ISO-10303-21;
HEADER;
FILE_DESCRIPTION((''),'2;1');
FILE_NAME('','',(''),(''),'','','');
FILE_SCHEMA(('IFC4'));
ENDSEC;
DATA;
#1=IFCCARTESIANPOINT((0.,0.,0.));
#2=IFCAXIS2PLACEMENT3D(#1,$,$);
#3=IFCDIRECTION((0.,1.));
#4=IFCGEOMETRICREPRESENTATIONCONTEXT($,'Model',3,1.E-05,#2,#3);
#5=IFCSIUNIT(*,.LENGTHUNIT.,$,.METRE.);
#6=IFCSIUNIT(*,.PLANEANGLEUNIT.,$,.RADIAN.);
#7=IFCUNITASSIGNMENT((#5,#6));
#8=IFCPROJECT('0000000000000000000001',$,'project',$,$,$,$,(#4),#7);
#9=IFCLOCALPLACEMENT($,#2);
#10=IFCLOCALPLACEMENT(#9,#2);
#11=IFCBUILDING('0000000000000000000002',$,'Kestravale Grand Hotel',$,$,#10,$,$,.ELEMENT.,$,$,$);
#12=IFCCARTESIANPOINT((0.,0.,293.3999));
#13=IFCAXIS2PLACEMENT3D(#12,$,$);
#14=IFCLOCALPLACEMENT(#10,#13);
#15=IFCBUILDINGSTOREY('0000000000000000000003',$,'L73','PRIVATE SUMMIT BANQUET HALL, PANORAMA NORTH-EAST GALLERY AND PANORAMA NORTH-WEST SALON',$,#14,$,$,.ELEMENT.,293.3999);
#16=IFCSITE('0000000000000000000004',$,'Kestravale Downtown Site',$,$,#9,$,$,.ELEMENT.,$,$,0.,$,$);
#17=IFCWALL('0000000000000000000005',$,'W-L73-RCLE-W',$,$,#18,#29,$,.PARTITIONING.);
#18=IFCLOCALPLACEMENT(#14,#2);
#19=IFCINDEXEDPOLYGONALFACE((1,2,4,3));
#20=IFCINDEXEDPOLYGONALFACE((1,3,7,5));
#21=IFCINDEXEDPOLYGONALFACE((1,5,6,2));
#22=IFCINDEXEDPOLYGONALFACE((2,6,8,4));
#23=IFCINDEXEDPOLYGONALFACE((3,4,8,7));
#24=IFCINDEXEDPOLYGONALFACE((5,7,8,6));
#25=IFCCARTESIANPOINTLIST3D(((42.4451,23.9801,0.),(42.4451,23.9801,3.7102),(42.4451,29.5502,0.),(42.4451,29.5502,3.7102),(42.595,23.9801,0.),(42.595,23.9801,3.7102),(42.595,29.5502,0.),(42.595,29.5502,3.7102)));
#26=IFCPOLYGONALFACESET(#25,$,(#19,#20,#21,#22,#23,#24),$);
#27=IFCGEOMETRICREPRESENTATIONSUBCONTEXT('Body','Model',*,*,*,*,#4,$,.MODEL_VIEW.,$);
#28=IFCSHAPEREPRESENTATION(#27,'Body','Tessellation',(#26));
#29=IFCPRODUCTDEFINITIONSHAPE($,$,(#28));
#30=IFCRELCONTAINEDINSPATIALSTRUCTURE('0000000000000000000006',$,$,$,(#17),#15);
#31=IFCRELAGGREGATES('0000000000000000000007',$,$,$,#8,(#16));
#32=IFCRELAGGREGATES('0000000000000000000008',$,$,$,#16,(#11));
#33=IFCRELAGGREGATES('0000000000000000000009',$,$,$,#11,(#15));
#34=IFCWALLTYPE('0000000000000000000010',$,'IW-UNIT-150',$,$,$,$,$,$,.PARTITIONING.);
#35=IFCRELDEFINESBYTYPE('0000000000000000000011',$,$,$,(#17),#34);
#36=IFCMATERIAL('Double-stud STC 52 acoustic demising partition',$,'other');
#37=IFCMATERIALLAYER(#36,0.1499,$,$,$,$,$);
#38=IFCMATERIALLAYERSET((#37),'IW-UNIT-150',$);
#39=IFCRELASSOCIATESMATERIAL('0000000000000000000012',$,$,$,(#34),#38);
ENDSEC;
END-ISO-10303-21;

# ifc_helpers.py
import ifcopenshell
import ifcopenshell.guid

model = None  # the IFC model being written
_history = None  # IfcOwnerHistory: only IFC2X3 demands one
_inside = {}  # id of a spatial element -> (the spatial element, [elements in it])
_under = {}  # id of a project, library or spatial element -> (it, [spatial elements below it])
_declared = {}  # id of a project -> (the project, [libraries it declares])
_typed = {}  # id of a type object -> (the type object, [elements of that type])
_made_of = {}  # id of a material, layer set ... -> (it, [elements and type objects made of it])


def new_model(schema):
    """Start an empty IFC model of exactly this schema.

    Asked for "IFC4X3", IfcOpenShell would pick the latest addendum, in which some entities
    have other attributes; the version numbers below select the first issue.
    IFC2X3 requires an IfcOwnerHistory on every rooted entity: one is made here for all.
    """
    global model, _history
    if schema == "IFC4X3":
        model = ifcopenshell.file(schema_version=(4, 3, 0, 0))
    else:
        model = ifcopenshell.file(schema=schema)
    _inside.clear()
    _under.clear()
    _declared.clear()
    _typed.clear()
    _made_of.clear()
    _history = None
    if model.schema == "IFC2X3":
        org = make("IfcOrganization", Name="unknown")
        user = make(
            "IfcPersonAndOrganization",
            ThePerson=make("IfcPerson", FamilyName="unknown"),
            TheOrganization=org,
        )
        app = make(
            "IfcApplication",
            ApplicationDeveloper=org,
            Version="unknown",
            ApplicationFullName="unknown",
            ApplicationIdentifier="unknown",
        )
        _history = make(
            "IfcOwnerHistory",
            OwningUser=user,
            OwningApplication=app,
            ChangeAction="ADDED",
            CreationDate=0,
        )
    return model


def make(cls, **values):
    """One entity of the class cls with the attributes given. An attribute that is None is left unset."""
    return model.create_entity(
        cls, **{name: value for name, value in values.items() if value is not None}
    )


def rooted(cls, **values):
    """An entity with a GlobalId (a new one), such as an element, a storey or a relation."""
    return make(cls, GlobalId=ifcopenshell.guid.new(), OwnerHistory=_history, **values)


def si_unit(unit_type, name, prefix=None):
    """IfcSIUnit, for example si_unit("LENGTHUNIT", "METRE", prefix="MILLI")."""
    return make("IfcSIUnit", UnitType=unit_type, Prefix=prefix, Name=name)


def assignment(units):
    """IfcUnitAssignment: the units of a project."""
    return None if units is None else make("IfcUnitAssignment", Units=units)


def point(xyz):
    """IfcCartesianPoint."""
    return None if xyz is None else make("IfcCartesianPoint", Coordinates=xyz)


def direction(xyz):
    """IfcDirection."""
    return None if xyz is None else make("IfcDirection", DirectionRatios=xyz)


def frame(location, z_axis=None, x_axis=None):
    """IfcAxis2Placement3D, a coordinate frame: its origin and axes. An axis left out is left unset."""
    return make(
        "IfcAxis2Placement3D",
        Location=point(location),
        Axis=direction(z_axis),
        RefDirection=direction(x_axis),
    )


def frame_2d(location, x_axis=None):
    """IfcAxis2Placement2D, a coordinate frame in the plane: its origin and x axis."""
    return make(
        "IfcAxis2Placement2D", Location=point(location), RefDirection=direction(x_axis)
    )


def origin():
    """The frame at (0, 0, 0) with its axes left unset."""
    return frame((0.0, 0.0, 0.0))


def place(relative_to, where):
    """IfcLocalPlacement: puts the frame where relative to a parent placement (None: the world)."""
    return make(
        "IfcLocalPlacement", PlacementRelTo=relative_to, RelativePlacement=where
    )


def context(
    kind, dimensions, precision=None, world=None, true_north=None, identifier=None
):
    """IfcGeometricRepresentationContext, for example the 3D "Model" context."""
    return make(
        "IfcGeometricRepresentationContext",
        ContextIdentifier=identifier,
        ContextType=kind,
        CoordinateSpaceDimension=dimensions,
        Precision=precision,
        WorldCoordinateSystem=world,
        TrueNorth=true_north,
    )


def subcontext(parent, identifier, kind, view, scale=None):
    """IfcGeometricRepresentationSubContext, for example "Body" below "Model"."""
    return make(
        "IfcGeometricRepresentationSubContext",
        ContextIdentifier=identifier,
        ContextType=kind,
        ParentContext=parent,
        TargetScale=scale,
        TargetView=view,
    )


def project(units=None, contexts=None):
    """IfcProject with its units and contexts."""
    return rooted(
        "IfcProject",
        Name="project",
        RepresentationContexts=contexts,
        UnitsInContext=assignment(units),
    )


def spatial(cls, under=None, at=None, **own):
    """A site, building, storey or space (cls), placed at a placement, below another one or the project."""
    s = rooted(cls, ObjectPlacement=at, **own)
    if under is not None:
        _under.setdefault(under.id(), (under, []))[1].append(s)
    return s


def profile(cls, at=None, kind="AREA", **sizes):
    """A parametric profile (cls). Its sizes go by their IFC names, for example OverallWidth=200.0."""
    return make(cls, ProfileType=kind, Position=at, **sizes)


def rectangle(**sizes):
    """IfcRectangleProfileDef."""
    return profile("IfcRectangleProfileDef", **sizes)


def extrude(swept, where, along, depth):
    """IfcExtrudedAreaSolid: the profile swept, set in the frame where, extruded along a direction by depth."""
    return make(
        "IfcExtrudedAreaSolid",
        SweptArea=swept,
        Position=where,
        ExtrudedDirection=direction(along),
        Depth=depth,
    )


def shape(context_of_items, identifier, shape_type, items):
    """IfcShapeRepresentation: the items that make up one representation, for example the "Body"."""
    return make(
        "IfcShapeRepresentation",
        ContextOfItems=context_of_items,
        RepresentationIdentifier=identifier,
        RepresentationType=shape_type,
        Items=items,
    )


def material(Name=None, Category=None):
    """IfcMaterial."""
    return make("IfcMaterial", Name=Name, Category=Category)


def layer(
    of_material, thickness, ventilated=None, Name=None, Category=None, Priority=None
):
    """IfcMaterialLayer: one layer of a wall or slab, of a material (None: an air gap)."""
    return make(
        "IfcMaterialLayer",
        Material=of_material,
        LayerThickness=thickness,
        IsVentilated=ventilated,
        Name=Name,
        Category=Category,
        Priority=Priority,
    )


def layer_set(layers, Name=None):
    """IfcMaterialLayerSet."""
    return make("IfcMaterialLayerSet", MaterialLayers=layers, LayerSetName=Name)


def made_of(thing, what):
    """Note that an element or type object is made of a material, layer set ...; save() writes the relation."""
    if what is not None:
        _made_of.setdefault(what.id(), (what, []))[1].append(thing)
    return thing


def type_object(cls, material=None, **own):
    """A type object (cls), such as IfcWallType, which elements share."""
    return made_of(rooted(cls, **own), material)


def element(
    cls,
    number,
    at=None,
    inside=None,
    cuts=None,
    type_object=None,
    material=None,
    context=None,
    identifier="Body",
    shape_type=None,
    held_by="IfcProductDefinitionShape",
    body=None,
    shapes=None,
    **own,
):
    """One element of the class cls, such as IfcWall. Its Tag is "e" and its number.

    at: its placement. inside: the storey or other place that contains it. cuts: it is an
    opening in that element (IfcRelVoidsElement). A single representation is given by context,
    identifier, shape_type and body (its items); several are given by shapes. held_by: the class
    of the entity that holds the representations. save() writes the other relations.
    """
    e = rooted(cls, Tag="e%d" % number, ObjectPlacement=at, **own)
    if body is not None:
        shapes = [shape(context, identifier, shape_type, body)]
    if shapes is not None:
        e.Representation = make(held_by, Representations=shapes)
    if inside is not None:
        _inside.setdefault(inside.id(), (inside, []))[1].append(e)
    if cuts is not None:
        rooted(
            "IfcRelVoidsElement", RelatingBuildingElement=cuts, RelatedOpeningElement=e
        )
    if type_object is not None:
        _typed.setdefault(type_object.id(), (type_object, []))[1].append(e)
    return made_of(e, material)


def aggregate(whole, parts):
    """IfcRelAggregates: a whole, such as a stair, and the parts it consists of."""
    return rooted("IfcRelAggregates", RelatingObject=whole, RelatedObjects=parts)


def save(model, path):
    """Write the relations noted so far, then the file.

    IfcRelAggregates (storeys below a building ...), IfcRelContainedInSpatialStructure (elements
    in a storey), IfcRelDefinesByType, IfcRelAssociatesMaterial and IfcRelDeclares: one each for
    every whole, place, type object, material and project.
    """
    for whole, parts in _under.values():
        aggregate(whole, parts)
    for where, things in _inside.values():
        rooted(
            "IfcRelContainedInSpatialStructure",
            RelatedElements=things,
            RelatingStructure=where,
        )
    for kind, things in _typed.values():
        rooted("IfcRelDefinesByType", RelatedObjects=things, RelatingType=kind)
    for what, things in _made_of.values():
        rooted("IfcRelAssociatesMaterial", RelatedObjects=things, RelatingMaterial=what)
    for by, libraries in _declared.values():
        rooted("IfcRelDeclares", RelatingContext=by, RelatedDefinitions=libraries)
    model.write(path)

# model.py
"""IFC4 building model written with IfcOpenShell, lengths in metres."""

from ifc_helpers import new_model, si_unit, direction, frame, frame_2d, origin, place, context, subcontext, project, spatial, rectangle, extrude, material, layer, layer_set, type_object, element, save


model = new_model("IFC4")

# Units and contexts
model_context = context("Model", 3, precision=1e-05, world=origin(), true_north=direction((0.0, 1.0)))
body_context = subcontext(model_context, "Body", "Model", "MODEL_VIEW")
ifc_project = project(units=[si_unit("LENGTHUNIT", "METRE"), si_unit("PLANEANGLEUNIT", "RADIAN")], contexts=[model_context])

# Site, building, storey
site_placement = place(None, origin())
site = spatial("IfcSite", under=ifc_project, at=site_placement, Name="Kestravale Downtown Site", CompositionType="ELEMENT", RefElevation=0.0)
building_placement = place(site_placement, origin())
building = spatial("IfcBuilding", under=site, at=building_placement, Name="Kestravale Grand Hotel", CompositionType="ELEMENT")
storey_placement = place(building_placement, frame((0.0, 0.0, 293.3999)))
storey = spatial("IfcBuildingStorey", under=building, at=storey_placement, Name="L73", Description="PRIVATE SUMMIT BANQUET HALL, PANORAMA NORTH-EAST GALLERY AND PANORAMA NORTH-WEST SALON", CompositionType="ELEMENT", Elevation=293.3999)

# Wall
ifc_material_1 = material(Name="Double-stud STC 52 acoustic demising partition", Category="other")
ifc_layer_1 = layer(ifc_material_1, 0.1499)
ifc_layer_set_1 = layer_set([ifc_layer_1], Name="IW-UNIT-150")
wall_type_1 = type_object("IfcWallType", Name="IW-UNIT-150", PredefinedType="PARTITIONING", material=ifc_layer_set_1)
wall_1_placement = place(storey_placement, frame((42.52, 23.98, 0.0), z_axis=(0.0, 0.0, 1.0), x_axis=(0.0, 1.0, 0.0)))
element("IfcWall", 1, at=wall_1_placement, inside=storey, type_object=wall_type_1, Name="W-L73-RCLE-W", PredefinedType="PARTITIONING", context=body_context, shape_type="SweptSolid", body=[
    extrude(rectangle(XDim=5.5701, YDim=0.1499, at=frame_2d((2.7852, 0.0))), origin(), (0.0, 0.0, 1.0), 3.7102),
])

save(model, "model.ifc")
